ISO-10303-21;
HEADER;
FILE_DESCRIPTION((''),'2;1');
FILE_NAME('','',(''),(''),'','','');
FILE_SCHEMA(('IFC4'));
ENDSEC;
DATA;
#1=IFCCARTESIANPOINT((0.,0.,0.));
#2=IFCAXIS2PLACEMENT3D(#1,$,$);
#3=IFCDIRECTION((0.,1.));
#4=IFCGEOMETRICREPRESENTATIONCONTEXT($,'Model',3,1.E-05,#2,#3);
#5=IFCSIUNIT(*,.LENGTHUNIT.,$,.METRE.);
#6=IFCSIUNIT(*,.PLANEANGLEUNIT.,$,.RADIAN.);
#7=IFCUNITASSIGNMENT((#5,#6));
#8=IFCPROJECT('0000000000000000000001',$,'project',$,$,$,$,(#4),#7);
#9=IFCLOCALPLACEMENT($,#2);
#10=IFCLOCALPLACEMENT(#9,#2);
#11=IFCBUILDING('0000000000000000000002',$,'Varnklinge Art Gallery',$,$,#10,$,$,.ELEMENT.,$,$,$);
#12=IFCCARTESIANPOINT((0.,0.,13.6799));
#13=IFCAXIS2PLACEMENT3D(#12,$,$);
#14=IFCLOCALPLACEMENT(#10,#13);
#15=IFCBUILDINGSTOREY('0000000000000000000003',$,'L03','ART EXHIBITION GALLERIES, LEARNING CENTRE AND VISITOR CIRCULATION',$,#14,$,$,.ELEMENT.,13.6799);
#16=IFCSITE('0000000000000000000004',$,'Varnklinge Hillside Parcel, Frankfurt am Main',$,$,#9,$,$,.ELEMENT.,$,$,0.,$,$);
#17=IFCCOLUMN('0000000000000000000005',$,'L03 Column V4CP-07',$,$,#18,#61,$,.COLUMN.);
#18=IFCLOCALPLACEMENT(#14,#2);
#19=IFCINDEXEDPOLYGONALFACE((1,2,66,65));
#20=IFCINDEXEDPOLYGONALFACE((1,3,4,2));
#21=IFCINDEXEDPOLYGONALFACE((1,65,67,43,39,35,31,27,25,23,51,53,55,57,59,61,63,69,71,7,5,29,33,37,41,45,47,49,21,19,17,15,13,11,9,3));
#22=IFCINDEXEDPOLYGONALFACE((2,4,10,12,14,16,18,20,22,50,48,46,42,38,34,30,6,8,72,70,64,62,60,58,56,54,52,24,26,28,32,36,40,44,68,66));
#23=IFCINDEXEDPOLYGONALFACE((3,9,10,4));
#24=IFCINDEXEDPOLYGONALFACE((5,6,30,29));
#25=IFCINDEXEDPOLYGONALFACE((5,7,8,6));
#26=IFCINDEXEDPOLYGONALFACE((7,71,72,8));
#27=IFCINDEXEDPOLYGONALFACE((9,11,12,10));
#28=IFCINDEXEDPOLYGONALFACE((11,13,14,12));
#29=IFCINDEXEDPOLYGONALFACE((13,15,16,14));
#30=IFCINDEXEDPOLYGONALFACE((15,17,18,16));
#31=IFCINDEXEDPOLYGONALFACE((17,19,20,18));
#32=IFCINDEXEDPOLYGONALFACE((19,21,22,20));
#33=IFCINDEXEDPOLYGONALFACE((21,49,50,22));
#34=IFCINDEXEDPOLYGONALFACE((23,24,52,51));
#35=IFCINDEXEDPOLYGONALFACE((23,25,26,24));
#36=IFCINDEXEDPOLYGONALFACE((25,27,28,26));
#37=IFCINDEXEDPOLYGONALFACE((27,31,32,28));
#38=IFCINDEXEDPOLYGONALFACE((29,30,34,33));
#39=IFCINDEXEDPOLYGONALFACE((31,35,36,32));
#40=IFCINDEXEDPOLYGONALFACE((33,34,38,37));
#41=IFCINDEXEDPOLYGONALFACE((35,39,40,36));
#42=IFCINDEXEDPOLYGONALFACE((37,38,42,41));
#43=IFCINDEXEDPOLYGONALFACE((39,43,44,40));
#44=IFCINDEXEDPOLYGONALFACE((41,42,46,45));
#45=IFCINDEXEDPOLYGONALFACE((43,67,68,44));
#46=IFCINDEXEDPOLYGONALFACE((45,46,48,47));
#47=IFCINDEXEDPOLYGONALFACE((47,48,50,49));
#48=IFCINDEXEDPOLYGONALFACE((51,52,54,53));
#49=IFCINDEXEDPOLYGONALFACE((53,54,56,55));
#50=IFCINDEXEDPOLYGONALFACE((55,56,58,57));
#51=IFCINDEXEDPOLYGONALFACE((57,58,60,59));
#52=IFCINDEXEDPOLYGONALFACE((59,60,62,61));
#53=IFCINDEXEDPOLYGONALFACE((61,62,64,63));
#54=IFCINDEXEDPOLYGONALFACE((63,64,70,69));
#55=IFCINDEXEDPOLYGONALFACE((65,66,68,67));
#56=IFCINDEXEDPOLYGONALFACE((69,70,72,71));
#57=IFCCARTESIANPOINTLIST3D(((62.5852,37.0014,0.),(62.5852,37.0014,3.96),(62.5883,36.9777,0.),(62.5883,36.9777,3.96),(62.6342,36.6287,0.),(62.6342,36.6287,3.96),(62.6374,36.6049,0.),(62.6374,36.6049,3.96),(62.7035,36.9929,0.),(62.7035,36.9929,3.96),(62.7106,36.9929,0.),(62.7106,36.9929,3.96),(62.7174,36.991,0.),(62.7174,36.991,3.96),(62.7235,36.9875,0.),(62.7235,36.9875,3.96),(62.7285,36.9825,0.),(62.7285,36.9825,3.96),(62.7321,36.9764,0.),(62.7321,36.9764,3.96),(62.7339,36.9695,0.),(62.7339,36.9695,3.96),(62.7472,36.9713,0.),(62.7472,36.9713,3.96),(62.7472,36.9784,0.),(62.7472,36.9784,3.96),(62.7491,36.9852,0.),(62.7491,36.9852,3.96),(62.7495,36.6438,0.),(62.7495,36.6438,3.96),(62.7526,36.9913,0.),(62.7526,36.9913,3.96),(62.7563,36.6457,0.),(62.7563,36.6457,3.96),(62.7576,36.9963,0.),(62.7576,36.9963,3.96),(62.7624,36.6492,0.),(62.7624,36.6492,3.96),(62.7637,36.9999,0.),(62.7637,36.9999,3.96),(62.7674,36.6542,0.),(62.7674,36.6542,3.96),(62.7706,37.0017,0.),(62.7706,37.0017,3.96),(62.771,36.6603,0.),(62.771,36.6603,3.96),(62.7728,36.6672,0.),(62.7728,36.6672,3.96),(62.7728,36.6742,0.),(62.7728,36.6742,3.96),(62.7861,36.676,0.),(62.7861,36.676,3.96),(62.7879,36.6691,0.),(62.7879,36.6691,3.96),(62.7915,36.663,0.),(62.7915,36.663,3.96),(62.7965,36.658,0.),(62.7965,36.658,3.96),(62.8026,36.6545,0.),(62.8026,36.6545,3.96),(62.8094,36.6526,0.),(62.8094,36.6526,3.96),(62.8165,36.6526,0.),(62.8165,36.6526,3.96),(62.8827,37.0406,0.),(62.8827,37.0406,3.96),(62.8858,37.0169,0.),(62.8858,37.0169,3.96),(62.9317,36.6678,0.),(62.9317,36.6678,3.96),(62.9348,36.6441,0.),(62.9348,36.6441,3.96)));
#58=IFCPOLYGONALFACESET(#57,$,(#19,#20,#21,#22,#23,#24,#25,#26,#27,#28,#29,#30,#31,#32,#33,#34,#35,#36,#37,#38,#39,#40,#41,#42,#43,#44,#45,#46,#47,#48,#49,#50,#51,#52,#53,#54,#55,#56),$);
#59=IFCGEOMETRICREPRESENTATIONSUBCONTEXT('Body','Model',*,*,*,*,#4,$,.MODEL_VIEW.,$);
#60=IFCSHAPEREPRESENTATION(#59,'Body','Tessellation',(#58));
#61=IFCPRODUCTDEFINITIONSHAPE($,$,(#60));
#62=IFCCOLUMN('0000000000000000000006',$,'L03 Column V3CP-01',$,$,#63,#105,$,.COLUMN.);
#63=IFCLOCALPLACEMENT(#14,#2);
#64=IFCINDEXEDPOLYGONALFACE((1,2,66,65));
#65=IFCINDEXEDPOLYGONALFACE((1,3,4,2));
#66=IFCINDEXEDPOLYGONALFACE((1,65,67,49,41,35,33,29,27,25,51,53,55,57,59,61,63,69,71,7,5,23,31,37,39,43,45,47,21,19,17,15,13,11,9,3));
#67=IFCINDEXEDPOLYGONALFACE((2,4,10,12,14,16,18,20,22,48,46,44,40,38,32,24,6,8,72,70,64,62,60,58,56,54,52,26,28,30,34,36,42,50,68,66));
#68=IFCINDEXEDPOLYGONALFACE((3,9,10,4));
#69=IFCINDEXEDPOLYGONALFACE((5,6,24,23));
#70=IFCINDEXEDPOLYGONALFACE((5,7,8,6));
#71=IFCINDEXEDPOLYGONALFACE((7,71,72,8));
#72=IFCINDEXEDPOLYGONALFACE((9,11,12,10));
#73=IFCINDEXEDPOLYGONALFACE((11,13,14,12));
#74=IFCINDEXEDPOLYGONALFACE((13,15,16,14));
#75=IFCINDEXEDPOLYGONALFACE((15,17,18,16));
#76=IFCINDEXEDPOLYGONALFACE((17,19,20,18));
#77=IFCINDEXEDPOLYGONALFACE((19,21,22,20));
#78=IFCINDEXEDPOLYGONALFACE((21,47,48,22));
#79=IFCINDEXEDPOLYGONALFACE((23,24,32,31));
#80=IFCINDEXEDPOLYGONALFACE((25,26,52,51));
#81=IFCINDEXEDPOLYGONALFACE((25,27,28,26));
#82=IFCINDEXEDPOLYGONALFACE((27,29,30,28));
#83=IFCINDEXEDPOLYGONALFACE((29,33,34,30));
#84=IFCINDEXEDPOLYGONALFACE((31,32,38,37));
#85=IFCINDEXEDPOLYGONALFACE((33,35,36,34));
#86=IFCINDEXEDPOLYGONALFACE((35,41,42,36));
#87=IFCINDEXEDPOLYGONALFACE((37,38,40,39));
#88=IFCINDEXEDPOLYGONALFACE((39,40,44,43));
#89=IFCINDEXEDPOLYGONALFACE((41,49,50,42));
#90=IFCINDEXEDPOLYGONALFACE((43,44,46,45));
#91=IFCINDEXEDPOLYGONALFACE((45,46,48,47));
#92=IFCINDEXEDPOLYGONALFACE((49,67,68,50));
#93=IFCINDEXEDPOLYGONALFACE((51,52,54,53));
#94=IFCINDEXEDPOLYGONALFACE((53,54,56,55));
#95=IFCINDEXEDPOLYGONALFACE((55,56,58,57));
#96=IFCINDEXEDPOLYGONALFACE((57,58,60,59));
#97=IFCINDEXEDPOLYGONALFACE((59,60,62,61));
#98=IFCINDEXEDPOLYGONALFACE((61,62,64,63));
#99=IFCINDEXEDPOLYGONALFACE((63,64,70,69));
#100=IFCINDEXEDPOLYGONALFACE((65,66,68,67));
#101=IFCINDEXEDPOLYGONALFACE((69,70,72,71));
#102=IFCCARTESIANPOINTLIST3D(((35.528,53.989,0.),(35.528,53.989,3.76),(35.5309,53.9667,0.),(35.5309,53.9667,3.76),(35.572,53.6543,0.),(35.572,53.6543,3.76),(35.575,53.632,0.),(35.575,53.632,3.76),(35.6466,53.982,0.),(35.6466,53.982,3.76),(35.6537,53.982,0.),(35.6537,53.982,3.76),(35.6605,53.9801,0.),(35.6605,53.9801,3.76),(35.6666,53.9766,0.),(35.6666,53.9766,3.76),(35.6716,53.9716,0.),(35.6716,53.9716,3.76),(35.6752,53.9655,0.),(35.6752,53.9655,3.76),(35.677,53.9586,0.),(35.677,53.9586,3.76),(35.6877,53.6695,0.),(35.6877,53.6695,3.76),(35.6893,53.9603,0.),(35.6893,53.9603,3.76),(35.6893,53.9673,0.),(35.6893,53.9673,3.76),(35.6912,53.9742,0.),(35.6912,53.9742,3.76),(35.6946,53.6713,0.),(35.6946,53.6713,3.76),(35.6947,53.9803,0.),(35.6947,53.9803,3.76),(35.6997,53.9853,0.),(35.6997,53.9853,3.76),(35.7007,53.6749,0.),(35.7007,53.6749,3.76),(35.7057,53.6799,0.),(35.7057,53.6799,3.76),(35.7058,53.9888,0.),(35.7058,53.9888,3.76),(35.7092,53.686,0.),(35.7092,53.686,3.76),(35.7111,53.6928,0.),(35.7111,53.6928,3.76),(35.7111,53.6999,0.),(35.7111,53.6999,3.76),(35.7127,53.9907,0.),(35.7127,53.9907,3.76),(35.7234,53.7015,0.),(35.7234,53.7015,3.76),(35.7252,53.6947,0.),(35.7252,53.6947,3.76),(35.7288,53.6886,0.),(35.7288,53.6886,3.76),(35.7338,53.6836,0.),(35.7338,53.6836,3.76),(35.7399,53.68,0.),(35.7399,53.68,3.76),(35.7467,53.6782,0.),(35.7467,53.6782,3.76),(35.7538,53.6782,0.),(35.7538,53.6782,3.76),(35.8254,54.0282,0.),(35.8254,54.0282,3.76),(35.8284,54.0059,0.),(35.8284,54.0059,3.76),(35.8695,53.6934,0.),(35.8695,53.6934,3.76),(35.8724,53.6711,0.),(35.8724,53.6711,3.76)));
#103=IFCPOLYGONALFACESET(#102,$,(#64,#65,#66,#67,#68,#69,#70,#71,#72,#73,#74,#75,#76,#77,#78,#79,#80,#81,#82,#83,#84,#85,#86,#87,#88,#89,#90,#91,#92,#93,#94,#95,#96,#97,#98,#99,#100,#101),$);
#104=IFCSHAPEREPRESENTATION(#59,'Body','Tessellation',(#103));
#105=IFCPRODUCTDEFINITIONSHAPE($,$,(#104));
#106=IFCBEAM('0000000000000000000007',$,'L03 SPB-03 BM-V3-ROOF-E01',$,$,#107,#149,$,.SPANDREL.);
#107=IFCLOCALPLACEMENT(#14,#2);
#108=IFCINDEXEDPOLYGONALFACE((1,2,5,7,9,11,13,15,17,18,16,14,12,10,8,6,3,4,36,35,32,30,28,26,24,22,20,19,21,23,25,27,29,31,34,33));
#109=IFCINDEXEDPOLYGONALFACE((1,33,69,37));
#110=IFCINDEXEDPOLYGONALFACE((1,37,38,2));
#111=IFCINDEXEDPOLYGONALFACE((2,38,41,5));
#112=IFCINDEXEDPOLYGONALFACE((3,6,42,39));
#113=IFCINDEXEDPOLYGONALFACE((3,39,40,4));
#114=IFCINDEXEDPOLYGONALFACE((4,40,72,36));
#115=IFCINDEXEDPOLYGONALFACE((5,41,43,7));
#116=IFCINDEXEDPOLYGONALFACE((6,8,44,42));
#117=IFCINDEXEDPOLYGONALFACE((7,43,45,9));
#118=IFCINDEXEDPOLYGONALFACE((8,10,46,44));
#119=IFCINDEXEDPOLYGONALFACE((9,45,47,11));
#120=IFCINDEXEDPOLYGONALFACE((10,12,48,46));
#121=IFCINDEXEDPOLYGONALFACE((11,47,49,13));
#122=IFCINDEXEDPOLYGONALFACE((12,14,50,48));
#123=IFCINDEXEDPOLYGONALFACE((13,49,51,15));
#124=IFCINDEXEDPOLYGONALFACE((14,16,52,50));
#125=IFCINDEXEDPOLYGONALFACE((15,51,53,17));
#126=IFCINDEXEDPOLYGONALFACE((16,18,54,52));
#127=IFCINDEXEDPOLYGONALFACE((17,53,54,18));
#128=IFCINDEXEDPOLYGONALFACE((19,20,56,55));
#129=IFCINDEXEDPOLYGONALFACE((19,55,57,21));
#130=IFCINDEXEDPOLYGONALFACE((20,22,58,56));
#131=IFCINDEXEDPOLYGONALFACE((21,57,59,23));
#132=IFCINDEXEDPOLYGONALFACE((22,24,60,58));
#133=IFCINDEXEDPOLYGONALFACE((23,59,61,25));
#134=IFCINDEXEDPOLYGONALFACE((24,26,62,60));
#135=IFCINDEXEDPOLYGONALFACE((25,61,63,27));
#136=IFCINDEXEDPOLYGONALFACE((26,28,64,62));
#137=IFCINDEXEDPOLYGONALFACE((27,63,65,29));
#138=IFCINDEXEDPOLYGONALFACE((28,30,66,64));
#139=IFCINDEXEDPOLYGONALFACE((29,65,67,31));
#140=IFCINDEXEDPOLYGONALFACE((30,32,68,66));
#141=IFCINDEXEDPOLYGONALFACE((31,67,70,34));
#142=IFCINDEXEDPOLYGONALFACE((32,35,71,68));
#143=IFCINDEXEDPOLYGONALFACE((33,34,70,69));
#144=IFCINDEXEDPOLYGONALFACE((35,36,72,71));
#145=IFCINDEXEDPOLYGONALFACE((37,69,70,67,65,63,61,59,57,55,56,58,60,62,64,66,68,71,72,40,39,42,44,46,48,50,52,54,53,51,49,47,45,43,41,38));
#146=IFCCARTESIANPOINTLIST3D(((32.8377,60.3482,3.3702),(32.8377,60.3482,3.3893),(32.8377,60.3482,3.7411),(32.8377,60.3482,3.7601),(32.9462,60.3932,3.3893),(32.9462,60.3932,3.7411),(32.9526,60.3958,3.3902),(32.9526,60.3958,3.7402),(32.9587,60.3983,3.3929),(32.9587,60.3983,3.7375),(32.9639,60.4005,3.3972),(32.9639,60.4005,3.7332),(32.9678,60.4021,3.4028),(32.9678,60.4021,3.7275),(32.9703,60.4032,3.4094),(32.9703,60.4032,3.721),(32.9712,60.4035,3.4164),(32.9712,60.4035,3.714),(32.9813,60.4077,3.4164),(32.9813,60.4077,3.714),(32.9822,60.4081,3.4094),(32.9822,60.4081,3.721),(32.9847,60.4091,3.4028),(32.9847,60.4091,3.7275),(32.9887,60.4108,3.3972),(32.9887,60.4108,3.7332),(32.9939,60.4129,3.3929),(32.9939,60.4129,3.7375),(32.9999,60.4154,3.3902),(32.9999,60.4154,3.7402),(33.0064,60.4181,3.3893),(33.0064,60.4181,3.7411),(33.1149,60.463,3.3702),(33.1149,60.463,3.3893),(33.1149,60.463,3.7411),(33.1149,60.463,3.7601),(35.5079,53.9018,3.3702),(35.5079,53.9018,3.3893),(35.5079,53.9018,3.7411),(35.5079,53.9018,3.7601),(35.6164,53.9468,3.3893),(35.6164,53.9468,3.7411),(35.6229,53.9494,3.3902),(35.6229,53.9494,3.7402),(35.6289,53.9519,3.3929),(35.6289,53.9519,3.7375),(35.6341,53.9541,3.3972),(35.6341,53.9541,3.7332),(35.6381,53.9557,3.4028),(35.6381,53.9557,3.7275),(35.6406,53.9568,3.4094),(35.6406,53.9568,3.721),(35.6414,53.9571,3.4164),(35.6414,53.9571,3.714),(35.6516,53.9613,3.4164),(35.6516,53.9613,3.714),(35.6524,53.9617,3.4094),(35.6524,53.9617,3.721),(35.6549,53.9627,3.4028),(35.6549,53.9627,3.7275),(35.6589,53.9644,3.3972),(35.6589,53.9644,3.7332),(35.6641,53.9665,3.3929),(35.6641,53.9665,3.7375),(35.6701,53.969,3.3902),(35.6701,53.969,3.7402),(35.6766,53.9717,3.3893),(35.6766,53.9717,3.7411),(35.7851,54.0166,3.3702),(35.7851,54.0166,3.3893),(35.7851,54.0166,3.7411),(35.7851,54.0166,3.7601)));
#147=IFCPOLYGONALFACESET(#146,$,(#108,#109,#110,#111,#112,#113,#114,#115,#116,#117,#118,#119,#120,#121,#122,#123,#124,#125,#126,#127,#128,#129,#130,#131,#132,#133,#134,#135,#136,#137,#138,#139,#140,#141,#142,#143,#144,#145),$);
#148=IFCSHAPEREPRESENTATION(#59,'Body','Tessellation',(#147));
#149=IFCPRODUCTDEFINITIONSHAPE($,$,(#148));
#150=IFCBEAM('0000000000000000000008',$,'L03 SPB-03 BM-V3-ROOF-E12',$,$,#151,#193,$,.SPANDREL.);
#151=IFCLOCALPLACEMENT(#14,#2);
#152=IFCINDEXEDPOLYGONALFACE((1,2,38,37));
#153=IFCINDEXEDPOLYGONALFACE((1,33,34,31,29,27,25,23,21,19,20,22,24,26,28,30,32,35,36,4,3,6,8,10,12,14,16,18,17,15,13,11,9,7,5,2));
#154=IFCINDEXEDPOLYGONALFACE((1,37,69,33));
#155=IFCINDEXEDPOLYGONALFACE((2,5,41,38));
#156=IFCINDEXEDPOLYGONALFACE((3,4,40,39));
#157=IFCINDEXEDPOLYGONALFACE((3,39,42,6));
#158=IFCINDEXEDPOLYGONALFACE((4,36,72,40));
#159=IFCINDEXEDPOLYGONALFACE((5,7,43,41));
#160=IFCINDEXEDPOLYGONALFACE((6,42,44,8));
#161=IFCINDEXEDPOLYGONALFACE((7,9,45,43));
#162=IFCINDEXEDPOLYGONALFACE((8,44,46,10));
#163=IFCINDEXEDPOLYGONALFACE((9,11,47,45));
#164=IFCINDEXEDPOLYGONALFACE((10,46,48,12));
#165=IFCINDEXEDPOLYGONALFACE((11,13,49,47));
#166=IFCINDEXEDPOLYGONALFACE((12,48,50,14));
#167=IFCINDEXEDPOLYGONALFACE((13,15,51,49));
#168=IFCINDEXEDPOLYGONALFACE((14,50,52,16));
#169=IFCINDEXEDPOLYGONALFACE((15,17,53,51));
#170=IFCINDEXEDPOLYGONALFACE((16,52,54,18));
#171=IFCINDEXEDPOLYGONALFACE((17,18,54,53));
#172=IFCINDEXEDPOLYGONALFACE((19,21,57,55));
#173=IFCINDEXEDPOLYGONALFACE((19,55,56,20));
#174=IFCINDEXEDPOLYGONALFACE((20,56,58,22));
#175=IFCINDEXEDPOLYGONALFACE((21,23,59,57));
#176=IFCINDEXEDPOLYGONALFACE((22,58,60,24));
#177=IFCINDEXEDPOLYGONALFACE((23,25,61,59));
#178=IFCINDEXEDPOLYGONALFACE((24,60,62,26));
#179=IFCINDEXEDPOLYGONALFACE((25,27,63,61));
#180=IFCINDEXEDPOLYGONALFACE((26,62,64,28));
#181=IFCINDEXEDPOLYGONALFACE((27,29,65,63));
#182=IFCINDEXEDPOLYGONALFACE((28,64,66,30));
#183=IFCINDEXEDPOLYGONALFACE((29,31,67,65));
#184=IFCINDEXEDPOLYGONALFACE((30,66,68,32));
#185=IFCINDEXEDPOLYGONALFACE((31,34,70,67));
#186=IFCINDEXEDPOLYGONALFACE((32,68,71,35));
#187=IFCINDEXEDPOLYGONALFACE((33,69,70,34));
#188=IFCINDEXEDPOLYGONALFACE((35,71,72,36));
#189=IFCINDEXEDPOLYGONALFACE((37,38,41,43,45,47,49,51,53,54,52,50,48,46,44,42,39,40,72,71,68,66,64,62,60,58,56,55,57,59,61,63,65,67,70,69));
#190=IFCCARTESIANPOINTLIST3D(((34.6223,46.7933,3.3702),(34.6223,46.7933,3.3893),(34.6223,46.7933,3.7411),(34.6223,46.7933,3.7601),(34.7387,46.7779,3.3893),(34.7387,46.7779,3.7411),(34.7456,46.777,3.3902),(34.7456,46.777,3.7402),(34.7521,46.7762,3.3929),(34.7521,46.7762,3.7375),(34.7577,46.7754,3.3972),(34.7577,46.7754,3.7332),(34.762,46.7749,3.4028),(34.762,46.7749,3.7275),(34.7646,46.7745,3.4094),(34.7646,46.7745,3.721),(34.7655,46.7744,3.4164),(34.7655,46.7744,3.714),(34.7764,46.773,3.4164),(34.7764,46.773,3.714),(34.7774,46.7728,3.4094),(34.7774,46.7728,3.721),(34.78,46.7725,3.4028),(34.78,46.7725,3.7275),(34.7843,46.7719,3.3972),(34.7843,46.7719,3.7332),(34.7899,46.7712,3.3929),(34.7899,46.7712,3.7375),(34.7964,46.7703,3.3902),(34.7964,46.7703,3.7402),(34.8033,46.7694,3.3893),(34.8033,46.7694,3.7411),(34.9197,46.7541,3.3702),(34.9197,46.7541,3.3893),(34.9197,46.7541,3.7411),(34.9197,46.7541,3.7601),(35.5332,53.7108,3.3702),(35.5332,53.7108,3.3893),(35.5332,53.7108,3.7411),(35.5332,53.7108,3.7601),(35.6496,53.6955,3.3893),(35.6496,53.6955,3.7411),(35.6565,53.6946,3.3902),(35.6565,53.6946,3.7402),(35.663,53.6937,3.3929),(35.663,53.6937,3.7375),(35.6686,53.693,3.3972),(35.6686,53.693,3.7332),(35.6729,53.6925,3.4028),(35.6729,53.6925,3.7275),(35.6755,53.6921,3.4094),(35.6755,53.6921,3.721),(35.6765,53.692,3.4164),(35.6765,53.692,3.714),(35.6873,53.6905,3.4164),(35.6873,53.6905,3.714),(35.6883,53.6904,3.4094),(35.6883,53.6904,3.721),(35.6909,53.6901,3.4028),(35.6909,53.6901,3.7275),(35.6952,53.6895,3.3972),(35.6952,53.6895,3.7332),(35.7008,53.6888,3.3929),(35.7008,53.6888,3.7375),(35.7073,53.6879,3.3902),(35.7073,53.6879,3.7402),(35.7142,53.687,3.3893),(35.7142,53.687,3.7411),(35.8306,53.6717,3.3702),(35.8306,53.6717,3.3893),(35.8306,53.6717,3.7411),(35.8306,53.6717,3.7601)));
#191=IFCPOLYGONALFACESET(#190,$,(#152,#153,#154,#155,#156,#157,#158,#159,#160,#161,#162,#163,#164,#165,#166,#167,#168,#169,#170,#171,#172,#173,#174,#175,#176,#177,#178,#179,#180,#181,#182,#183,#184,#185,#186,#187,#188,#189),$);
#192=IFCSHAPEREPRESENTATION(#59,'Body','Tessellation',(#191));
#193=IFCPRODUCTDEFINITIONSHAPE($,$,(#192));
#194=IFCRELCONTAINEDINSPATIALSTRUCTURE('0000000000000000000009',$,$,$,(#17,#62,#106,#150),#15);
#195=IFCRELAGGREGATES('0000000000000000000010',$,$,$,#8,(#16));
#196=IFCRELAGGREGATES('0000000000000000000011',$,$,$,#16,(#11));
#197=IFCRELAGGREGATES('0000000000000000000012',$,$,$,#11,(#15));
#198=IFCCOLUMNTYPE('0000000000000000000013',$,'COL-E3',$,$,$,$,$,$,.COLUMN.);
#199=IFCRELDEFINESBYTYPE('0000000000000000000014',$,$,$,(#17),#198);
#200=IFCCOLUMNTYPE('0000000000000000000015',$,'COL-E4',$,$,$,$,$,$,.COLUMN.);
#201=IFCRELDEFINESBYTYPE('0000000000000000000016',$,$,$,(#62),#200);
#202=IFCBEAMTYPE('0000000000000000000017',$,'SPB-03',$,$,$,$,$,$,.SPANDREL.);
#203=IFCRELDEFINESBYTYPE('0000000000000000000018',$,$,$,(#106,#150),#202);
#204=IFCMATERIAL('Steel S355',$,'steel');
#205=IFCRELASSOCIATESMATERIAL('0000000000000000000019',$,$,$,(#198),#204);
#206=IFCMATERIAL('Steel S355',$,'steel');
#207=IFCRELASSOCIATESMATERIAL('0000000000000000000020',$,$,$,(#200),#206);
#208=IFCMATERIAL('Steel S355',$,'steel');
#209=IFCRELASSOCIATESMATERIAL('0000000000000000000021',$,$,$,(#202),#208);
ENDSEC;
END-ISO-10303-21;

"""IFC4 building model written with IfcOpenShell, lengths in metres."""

from ifc_helpers import new_model, si_unit, direction, frame, origin, origin_2d, place, context, subcontext, project, spatial, i_section, extrude, material, material_profile, profile_set, type_object, element, save


model = new_model("IFC4")

# Units and contexts
model_context = context("Model", 3, precision=1e-05, world=origin(), true_north=direction((0.0, 1.0)))
body_context = subcontext(model_context, "Body", "Model", "MODEL_VIEW")
ifc_project = project(units=[si_unit("LENGTHUNIT", "METRE"), si_unit("PLANEANGLEUNIT", "RADIAN")], contexts=[model_context])

# Site, building, storey
site_placement = place(None, origin())
site = spatial("IfcSite", under=ifc_project, at=site_placement, Name="Varnklinge Hillside Parcel, Frankfurt am Main", CompositionType="ELEMENT", RefElevation=0.0)
building_placement = place(site_placement, origin())
building = spatial("IfcBuilding", under=site, at=building_placement, Name="Varnklinge Art Gallery", CompositionType="ELEMENT")
storey_placement = place(building_placement, frame((0.0, 0.0, 13.6799)))
storey = spatial("IfcBuildingStorey", under=building, at=storey_placement, Name="L03", Description="ART EXHIBITION GALLERIES, LEARNING CENTRE AND VISITOR CIRCULATION", CompositionType="ELEMENT", Elevation=13.6799)

# Columns
ifc_material_1 = material(Name="Steel S355", Category="steel")
ifc_material_profile_1 = material_profile(ifc_material_1, i_section(OverallWidth=0.3, OverallDepth=0.3999, WebThickness=0.0134, FlangeThickness=0.0239, FilletRadius=0.0271, at=origin_2d()), Name="HEB 400")
ifc_profile_set_1 = profile_set([ifc_material_profile_1], Name="Steel S355")
column_type_1 = type_object("IfcColumnType", Name="COL-E3", PredefinedType="COLUMN", material=ifc_profile_set_1)
column_1_placement = place(storey_placement, frame((62.76, 36.8228, 0.0), z_axis=(0.0, 0.0, 1.0), x_axis=(-0.991445, -0.130526, 0.0)))
element("IfcColumn", 1, at=column_1_placement, inside=storey, type_object=column_type_1, Name="L03 Column V4CP-07", PredefinedType="COLUMN", context=body_context, shape_type="SweptSolid", body=[
    extrude(i_section(OverallWidth=0.3, OverallDepth=0.3999, WebThickness=0.0134, FlangeThickness=0.0239, FilletRadius=0.0271, at=origin_2d()), origin(), (0.0, 0.0, 1.0), 3.96),
])
ifc_material_2 = material(Name="Steel S355", Category="steel")
ifc_material_profile_2 = material_profile(ifc_material_2, i_section(OverallWidth=0.3, OverallDepth=0.3601, WebThickness=0.0125, FlangeThickness=0.0225, FilletRadius=0.0271, at=origin_2d()), Name="HEB 360")
ifc_profile_set_2 = profile_set([ifc_material_profile_2], Name="Steel S355")
column_type_2 = type_object("IfcColumnType", Name="COL-E4", PredefinedType="COLUMN", material=ifc_profile_set_2)
column_2_placement = place(storey_placement, frame((35.7002, 53.8301, 0.0), z_axis=(0.0, 0.0, 1.0), x_axis=(0.991445, 0.130526, 0.0)))
element("IfcColumn", 2, at=column_2_placement, inside=storey, type_object=column_type_2, Name="L03 Column V3CP-01", PredefinedType="COLUMN", context=body_context, shape_type="SweptSolid", body=[
    extrude(i_section(OverallWidth=0.3, OverallDepth=0.3601, WebThickness=0.0125, FlangeThickness=0.0225, FilletRadius=0.0271, at=origin_2d()), origin(), (0.0, 0.0, 1.0), 3.76),
])

# Beams
ifc_material_3 = material(Name="Steel S355", Category="steel")
ifc_material_profile_3 = material_profile(ifc_material_3, i_section(OverallWidth=0.3, OverallDepth=0.3899, WebThickness=0.011, FlangeThickness=0.019, FilletRadius=0.0271, at=origin_2d()), Name="HEA 400")
ifc_profile_set_3 = profile_set([ifc_material_profile_3], Name="Steel S355")
beam_type = type_object("IfcBeamType", Name="SPB-03", PredefinedType="SPANDREL", material=ifc_profile_set_3)
beam_1_placement = place(storey_placement, frame((35.6465, 53.9592, 3.5652), z_axis=(-0.382687, 0.923878, 0.0), x_axis=(-0.923878, -0.382687, 0.0)))
element("IfcBeam", 3, at=beam_1_placement, inside=storey, type_object=beam_type, Name="L03 SPB-03 BM-V3-ROOF-E01", PredefinedType="SPANDREL", context=body_context, shape_type="SweptSolid", body=[
    extrude(i_section(OverallWidth=0.3, OverallDepth=0.3899, WebThickness=0.011, FlangeThickness=0.019, FilletRadius=0.0271, at=origin_2d()), origin(), (0.0, 0.0, 1.0), 6.9775),
])
beam_2_placement = place(storey_placement, frame((34.771, 46.7737, 3.5652), z_axis=(0.130552, 0.991441, 0.0), x_axis=(-0.991441, 0.130552, 0.0)))
element("IfcBeam", 4, at=beam_2_placement, inside=storey, type_object=beam_type, Name="L03 SPB-03 BM-V3-ROOF-E12", PredefinedType="SPANDREL", context=body_context, shape_type="SweptSolid", body=[
    extrude(i_section(OverallWidth=0.3, OverallDepth=0.3899, WebThickness=0.011, FlangeThickness=0.019, FilletRadius=0.0271, at=origin_2d()), origin(), (0.0, 0.0, 1.0), 6.9773),
])

save(model, "model.ifc")
